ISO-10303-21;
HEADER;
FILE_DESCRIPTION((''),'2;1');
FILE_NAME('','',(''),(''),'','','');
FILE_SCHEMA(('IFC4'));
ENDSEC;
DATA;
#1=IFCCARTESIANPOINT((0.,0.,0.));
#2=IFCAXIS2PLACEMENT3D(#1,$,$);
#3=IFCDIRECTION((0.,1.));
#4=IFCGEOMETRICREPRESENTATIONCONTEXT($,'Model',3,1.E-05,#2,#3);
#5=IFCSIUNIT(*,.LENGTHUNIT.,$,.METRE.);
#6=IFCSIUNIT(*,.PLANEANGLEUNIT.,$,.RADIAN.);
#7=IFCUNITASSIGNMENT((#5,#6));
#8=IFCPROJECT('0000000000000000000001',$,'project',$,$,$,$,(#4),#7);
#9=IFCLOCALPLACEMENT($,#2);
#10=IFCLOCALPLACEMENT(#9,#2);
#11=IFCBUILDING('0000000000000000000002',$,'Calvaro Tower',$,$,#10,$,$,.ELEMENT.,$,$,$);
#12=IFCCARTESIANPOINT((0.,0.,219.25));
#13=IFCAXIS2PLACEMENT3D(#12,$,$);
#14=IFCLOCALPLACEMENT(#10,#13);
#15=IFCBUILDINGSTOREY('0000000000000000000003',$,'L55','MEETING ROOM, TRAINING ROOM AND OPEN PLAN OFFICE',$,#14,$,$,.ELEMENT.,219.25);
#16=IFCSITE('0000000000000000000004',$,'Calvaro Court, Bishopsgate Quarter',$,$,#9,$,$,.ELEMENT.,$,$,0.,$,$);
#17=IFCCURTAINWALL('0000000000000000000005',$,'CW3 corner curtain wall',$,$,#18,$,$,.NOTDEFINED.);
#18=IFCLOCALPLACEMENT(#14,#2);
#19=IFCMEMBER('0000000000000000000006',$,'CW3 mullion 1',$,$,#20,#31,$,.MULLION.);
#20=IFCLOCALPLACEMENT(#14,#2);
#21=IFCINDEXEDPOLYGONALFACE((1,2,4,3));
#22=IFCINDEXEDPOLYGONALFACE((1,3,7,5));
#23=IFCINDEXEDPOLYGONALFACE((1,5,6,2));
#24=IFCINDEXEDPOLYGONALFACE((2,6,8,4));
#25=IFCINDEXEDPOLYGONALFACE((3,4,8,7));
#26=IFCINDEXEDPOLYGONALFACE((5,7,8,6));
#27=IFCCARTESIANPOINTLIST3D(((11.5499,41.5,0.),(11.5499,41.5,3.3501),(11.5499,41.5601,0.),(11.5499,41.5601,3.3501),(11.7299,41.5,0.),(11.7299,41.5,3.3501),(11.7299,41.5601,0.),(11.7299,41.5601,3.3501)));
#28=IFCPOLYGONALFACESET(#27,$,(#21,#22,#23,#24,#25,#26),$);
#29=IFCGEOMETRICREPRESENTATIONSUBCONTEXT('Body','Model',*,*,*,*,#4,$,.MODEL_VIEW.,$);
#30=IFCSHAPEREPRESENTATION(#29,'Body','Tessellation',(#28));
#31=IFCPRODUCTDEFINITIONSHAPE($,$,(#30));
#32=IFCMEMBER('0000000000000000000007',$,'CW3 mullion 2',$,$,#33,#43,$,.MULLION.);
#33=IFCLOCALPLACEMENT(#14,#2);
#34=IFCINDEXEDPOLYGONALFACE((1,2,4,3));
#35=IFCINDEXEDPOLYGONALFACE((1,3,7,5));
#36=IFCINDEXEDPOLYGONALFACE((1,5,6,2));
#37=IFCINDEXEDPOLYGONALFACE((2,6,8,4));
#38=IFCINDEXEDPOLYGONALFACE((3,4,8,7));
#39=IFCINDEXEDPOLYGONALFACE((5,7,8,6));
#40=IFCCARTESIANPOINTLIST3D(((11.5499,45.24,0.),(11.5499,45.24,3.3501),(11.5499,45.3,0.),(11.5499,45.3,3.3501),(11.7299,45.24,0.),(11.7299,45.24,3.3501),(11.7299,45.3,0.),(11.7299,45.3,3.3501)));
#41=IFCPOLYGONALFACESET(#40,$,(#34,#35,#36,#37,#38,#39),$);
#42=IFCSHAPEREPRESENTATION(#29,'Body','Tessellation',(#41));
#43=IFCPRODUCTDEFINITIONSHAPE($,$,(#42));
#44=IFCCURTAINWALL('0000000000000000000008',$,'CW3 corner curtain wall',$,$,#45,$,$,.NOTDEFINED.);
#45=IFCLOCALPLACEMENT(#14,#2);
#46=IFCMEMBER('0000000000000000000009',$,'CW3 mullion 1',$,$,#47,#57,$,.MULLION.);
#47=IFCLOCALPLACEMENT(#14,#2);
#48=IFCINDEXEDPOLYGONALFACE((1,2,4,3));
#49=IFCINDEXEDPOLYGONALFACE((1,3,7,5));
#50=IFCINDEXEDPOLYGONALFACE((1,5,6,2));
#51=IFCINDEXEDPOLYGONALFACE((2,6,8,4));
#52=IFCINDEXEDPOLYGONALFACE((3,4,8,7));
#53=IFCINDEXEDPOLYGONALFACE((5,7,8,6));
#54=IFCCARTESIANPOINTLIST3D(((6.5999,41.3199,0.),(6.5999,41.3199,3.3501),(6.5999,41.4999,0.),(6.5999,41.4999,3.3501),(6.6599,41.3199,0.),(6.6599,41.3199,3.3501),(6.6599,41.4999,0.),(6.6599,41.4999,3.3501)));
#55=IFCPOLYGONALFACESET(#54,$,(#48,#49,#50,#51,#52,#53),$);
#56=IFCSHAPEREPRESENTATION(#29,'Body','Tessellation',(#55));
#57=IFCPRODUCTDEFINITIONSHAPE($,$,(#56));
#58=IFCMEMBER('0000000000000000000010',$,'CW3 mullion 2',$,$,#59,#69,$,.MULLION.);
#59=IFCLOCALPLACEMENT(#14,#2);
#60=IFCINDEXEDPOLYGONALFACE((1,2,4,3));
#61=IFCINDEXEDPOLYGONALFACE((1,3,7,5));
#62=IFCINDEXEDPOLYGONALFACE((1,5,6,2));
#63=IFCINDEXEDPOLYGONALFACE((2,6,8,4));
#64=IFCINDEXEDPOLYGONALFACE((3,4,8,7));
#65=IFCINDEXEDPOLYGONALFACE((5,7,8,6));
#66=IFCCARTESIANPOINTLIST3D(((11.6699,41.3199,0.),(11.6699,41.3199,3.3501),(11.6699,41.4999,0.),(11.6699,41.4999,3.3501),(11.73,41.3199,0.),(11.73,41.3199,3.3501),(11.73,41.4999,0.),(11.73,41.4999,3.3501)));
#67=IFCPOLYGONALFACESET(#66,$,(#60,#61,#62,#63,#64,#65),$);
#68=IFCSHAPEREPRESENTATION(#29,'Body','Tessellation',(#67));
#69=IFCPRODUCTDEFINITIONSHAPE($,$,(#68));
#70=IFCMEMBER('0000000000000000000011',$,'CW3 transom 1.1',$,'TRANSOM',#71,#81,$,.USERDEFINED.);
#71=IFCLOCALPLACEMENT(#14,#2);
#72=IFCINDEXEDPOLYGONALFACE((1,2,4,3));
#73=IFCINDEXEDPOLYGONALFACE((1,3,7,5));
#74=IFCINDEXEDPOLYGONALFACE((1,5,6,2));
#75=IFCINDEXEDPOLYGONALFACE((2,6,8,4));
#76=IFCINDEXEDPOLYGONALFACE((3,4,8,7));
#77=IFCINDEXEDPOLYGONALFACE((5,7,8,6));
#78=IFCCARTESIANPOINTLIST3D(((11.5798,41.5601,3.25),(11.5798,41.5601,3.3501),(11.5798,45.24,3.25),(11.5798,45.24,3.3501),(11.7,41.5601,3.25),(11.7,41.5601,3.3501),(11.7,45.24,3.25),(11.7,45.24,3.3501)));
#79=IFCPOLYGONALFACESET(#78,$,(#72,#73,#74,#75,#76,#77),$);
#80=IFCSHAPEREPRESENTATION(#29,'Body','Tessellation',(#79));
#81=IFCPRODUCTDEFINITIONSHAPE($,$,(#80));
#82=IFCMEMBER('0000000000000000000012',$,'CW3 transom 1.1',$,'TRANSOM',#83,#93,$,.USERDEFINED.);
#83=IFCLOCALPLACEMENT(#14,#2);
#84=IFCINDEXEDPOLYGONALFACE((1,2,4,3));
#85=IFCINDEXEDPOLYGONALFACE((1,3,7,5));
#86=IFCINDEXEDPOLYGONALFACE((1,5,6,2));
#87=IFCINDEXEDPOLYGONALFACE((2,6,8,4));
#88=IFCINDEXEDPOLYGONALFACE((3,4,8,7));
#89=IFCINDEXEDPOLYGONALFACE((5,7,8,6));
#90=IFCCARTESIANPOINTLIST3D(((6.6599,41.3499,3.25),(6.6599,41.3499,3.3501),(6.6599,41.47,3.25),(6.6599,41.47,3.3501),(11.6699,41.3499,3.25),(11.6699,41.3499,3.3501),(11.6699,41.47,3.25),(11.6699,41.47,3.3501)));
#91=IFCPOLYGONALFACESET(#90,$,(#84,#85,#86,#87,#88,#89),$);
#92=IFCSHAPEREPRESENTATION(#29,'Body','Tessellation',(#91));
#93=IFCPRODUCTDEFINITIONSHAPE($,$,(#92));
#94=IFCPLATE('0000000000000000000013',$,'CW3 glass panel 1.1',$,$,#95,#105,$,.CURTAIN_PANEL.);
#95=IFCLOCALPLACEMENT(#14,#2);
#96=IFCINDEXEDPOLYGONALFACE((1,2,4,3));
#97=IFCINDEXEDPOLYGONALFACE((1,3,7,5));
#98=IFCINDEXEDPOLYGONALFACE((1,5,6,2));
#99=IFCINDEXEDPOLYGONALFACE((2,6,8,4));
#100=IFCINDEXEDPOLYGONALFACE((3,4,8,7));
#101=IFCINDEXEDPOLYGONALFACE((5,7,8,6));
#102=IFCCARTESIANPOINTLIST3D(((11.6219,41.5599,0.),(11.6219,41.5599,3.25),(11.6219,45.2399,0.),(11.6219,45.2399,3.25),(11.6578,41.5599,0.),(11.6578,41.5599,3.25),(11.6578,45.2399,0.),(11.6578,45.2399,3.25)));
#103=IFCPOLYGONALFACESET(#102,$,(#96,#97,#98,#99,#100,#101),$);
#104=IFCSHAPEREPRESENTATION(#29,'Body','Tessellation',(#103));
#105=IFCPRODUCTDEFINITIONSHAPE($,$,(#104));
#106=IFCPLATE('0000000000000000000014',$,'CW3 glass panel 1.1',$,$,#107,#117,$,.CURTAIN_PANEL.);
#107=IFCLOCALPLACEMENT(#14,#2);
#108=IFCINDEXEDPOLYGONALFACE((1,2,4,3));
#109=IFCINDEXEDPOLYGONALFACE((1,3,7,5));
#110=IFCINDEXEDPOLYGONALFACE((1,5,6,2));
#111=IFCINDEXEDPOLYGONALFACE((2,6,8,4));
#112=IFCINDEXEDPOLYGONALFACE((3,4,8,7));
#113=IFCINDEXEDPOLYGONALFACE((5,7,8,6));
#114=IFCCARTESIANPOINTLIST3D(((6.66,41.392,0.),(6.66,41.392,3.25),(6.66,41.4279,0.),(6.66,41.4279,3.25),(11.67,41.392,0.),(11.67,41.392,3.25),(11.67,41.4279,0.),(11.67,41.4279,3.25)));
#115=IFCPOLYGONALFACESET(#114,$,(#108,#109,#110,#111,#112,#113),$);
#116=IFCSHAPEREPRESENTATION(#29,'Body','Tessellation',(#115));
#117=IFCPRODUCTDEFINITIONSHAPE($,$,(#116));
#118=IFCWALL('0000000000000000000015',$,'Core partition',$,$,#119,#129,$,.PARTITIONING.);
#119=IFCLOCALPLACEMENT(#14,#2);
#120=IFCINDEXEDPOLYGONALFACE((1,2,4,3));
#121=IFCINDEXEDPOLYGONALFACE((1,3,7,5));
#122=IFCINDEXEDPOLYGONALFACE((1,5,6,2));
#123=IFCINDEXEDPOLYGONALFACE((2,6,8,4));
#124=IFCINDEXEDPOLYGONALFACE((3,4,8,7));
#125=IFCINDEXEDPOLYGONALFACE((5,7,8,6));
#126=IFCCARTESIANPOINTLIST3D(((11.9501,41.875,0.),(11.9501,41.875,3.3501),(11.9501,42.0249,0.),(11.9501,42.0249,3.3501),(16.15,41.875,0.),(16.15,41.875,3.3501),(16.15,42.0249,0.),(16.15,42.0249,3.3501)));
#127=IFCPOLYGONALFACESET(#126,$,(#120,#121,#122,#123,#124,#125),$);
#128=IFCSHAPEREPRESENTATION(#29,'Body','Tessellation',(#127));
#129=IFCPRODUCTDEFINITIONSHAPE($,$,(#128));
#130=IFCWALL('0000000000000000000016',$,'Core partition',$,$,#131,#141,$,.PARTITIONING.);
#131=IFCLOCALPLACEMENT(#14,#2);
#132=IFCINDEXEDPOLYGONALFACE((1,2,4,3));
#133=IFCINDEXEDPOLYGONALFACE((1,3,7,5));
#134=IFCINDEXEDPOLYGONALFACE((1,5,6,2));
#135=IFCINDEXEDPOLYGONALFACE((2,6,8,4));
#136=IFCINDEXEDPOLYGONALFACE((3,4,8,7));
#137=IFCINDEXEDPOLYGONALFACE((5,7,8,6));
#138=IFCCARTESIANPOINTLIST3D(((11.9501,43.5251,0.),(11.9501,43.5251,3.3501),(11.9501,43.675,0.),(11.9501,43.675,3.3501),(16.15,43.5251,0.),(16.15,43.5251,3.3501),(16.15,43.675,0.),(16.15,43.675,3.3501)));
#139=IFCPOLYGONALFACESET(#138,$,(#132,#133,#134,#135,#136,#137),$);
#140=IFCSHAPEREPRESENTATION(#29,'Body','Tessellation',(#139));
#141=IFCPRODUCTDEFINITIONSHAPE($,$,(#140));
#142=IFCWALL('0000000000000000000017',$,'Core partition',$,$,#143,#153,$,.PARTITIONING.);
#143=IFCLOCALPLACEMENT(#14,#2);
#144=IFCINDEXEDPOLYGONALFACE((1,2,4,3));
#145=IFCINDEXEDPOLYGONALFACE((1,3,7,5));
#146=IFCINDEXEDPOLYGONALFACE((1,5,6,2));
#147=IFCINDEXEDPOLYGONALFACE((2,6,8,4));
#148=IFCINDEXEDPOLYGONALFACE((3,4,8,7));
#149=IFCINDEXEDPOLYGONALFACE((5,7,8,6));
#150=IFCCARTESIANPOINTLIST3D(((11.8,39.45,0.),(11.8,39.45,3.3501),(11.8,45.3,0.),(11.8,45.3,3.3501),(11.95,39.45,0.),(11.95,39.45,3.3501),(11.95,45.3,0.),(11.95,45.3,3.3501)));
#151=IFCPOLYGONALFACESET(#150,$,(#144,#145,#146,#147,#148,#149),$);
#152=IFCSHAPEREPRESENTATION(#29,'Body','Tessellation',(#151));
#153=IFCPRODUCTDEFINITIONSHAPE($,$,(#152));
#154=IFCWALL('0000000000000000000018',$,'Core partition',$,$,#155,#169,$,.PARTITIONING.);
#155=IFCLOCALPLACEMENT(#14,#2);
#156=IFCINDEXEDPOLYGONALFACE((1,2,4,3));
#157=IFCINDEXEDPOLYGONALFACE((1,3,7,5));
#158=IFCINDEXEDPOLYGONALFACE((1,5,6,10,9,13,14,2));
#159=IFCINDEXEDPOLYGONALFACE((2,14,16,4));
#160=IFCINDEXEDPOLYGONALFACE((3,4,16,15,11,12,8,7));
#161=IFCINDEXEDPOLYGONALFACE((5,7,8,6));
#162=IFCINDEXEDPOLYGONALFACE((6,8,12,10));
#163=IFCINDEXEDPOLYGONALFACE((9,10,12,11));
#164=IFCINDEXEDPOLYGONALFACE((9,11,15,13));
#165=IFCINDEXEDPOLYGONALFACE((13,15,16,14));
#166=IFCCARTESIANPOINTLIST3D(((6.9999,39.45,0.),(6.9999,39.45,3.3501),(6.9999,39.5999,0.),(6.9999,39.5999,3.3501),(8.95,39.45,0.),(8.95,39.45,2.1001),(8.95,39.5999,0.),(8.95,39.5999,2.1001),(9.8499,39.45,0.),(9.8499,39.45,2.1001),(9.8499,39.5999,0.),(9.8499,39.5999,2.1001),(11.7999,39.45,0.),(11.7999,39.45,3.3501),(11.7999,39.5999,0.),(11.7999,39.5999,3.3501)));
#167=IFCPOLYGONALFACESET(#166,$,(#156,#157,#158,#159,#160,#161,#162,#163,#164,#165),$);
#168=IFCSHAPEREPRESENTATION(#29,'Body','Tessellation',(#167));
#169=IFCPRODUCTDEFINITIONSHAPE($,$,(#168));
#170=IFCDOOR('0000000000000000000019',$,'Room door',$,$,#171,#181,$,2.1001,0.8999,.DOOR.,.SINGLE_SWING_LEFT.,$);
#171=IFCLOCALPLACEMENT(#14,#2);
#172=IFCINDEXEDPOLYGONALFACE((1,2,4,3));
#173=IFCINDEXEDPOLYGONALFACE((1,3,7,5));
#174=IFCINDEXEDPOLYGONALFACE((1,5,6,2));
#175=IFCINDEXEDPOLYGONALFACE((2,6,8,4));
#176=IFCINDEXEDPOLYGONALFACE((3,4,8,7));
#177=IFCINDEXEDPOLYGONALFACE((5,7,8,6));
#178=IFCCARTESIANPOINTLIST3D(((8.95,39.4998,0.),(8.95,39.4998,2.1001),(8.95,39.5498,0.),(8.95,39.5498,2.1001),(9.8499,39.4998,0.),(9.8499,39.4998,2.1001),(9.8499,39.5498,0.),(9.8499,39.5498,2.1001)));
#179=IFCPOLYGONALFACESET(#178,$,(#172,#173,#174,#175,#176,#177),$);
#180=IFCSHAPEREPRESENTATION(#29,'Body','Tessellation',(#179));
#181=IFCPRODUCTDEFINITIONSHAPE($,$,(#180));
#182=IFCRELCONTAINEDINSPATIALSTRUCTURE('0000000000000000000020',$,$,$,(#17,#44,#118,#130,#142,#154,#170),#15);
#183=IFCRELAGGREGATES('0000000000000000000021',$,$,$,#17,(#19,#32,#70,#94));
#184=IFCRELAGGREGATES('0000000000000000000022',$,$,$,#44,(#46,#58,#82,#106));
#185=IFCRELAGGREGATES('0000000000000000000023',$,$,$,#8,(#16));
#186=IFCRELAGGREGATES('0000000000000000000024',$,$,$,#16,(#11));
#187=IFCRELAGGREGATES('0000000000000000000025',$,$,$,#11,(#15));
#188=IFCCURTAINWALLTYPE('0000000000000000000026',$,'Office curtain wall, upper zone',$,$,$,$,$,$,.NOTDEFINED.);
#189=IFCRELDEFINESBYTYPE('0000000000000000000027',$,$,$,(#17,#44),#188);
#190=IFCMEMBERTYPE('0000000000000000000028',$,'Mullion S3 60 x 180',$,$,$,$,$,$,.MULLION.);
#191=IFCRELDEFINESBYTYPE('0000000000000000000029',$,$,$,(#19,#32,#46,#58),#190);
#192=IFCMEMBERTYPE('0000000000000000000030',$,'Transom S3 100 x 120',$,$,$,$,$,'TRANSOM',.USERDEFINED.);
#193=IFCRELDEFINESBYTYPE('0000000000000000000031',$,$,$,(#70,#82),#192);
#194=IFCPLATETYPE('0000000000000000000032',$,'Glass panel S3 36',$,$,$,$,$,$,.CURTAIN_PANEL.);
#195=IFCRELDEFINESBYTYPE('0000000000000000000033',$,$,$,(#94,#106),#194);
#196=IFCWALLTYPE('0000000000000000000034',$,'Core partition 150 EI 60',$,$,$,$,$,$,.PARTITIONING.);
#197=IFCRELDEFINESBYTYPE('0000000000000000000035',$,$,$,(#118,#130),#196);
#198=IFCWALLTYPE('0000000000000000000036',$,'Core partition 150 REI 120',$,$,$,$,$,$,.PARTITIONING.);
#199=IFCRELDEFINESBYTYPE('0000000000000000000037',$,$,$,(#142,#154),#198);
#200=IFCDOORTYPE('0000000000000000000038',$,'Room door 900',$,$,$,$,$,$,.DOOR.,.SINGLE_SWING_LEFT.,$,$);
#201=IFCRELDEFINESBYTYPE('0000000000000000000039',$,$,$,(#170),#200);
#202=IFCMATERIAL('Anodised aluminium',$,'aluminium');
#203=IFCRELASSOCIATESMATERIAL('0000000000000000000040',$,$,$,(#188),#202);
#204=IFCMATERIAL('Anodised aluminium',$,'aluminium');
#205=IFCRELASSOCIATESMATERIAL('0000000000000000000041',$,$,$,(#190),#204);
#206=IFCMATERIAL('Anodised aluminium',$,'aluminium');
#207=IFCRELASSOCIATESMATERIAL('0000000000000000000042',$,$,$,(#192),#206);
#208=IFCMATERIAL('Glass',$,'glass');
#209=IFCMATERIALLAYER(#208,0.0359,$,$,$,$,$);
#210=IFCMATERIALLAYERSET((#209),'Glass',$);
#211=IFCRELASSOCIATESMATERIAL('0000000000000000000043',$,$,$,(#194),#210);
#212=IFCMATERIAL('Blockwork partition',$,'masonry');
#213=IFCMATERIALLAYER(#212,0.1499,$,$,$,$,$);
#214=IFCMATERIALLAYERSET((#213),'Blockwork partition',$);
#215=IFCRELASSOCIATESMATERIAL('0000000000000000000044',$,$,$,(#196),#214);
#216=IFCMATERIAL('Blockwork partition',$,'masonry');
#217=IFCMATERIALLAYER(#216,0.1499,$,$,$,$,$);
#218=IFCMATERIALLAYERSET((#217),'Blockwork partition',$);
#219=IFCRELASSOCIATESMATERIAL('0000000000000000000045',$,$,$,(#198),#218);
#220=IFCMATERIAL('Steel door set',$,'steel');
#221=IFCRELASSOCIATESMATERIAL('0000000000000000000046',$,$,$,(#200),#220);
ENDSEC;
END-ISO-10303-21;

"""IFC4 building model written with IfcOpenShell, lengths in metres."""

from ifc_helpers import new_model, si_unit, direction, frame, frame_2d, origin, origin_2d, place, context, subcontext, project, spatial, rectangle, extrude, material, layer, layer_set, material_profile, profile_set, type_object, element, fill, aggregate, save


model = new_model("IFC4")

# Units and contexts
model_context = context("Model", 3, precision=1e-05, world=origin(), true_north=direction((0.0, 1.0)))
body_context = subcontext(model_context, "Body", "Model", "MODEL_VIEW")
ifc_project = project(units=[si_unit("LENGTHUNIT", "METRE"), si_unit("PLANEANGLEUNIT", "RADIAN")], contexts=[model_context])

# Site, building, storey
site_placement = place(None, origin())
site = spatial("IfcSite", under=ifc_project, at=site_placement, Name="Calvaro Court, Bishopsgate Quarter", CompositionType="ELEMENT", RefElevation=0.0)
building_placement = place(site_placement, origin())
building = spatial("IfcBuilding", under=site, at=building_placement, Name="Calvaro Tower", CompositionType="ELEMENT")
storey_placement = place(building_placement, frame((0.0, 0.0, 219.25)))
storey = spatial("IfcBuildingStorey", under=building, at=storey_placement, Name="L55", Description="MEETING ROOM, TRAINING ROOM AND OPEN PLAN OFFICE", CompositionType="ELEMENT", Elevation=219.25)

# Curtain walls, members
ifc_material_1 = material(Name="Anodised aluminium", Category="aluminium")
curtain_wall_type = type_object("IfcCurtainWallType", Name="Office curtain wall, upper zone", PredefinedType="NOTDEFINED", material=ifc_material_1)
curtain_wall_1_placement = place(storey_placement, origin())
curtain_wall_1 = element("IfcCurtainWall", 1, at=curtain_wall_1_placement, inside=storey, type_object=curtain_wall_type, Name="CW3 corner curtain wall", PredefinedType="NOTDEFINED")
ifc_material_2 = material(Name="Anodised aluminium", Category="aluminium")
ifc_material_profile_1 = material_profile(ifc_material_2, rectangle(XDim=0.1799, YDim=0.0601, at=origin_2d()), Name="Mullion S3 60 x 180")
ifc_profile_set_1 = profile_set([ifc_material_profile_1], Name="Anodised aluminium")
member_type_1 = type_object("IfcMemberType", Name="Mullion S3 60 x 180", PredefinedType="MULLION", material=ifc_profile_set_1)
member_1_placement = place(storey_placement, frame((11.6399, 41.53, 0.0), z_axis=(0.0, 0.0, 1.0), x_axis=(-1.0, 0.0, 0.0)))
member_1 = element("IfcMember", 2, at=member_1_placement, type_object=member_type_1, Name="CW3 mullion 1", PredefinedType="MULLION", context=body_context, shape_type="SweptSolid", body=[
    extrude(rectangle(XDim=0.1799, YDim=0.0601, at=origin_2d()), origin(), (0.0, 0.0, 1.0), 3.3501),
])
member_2_placement = place(storey_placement, frame((11.6399, 45.27, 0.0), z_axis=(0.0, 0.0, 1.0), x_axis=(-1.0, 0.0, 0.0)))
member_2 = element("IfcMember", 3, at=member_2_placement, type_object=member_type_1, Name="CW3 mullion 2", PredefinedType="MULLION", context=body_context, shape_type="SweptSolid", body=[
    extrude(rectangle(XDim=0.1799, YDim=0.0601, at=origin_2d()), origin(), (0.0, 0.0, 1.0), 3.3501),
])
curtain_wall_2_placement = place(storey_placement, origin())
curtain_wall_2 = element("IfcCurtainWall", 4, at=curtain_wall_2_placement, inside=storey, type_object=curtain_wall_type, Name="CW3 corner curtain wall", PredefinedType="NOTDEFINED")
member_3_placement = place(storey_placement, frame((6.6299, 41.4099, 0.0), z_axis=(0.0, 0.0, 1.0), x_axis=(0.0, 1.0, 0.0)))
member_3 = element("IfcMember", 5, at=member_3_placement, type_object=member_type_1, Name="CW3 mullion 1", PredefinedType="MULLION", context=body_context, shape_type="SweptSolid", body=[
    extrude(rectangle(XDim=0.1799, YDim=0.0601, at=origin_2d()), origin(), (0.0, 0.0, 1.0), 3.3501),
])
member_4_placement = place(storey_placement, frame((11.7, 41.4099, 0.0), z_axis=(0.0, 0.0, 1.0), x_axis=(0.0, 1.0, 0.0)))
member_4 = element("IfcMember", 6, at=member_4_placement, type_object=member_type_1, Name="CW3 mullion 2", PredefinedType="MULLION", context=body_context, shape_type="SweptSolid", body=[
    extrude(rectangle(XDim=0.1799, YDim=0.0601, at=origin_2d()), origin(), (0.0, 0.0, 1.0), 3.3501),
])

# Members
ifc_material_3 = material(Name="Anodised aluminium", Category="aluminium")
ifc_material_profile_2 = material_profile(ifc_material_3, rectangle(XDim=0.1201, YDim=0.1001, at=origin_2d()), Name="Transom S3 100 x 120")
ifc_profile_set_2 = profile_set([ifc_material_profile_2], Name="Anodised aluminium")
member_type_2 = type_object("IfcMemberType", Name="Transom S3 100 x 120", ElementType="TRANSOM", PredefinedType="USERDEFINED", material=ifc_profile_set_2)
member_5_placement = place(storey_placement, frame((11.6399, 41.5601, 3.3), z_axis=(0.0, 1.0, 0.0), x_axis=(-1.0, 0.0, 0.0)))
member_5 = element("IfcMember", 7, at=member_5_placement, type_object=member_type_2, Name="CW3 transom 1.1", ObjectType="TRANSOM", PredefinedType="USERDEFINED", context=body_context, shape_type="SweptSolid", body=[
    extrude(rectangle(XDim=0.1201, YDim=0.1001, at=origin_2d()), origin(), (0.0, 0.0, 1.0), 3.6799),
])
member_6_placement = place(storey_placement, frame((6.6599, 41.4099, 3.3), z_axis=(1.0, 0.0, 0.0), x_axis=(0.0, 1.0, 0.0)))
member_6 = element("IfcMember", 8, at=member_6_placement, type_object=member_type_2, Name="CW3 transom 1.1", ObjectType="TRANSOM", PredefinedType="USERDEFINED", context=body_context, shape_type="SweptSolid", body=[
    extrude(rectangle(XDim=0.1201, YDim=0.1001, at=origin_2d()), origin(), (0.0, 0.0, 1.0), 5.01),
])

# Plates
ifc_material_4 = material(Name="Glass", Category="glass")
ifc_layer_1 = layer(ifc_material_4, 0.0359)
ifc_layer_set_1 = layer_set([ifc_layer_1], Name="Glass")
plate_type = type_object("IfcPlateType", Name="Glass panel S3 36", PredefinedType="CURTAIN_PANEL", material=ifc_layer_set_1)
plate_1_placement = place(storey_placement, frame((11.6399, 43.3999, 0.0), z_axis=(0.0, 0.0, 1.0), x_axis=(0.0, 1.0, 0.0)))
plate_1 = element("IfcPlate", 9, at=plate_1_placement, type_object=plate_type, Name="CW3 glass panel 1.1", PredefinedType="CURTAIN_PANEL", context=body_context, shape_type="SweptSolid", body=[
    extrude(rectangle(XDim=3.6799, YDim=0.0359, at=origin_2d()), origin(), (0.0, 0.0, 1.0), 3.25),
])
aggregate(curtain_wall_1, [member_1, member_2, member_5, plate_1])
plate_2_placement = place(storey_placement, frame((9.165, 41.4099, 0.0), z_axis=(0.0, 0.0, 1.0), x_axis=(1.0, 0.0, 0.0)))
plate_2 = element("IfcPlate", 10, at=plate_2_placement, type_object=plate_type, Name="CW3 glass panel 1.1", PredefinedType="CURTAIN_PANEL", context=body_context, shape_type="SweptSolid", body=[
    extrude(rectangle(XDim=5.01, YDim=0.0359, at=origin_2d()), origin(), (0.0, 0.0, 1.0), 3.25),
])
aggregate(curtain_wall_2, [member_3, member_4, member_6, plate_2])

# Walls
ifc_material_5 = material(Name="Blockwork partition", Category="masonry")
ifc_layer_2 = layer(ifc_material_5, 0.1499)
ifc_layer_set_2 = layer_set([ifc_layer_2], Name="Blockwork partition")
wall_type_1 = type_object("IfcWallType", Name="Core partition 150 EI 60", PredefinedType="PARTITIONING", material=ifc_layer_set_2)
for number, where, z_axis, x_axis, name in (
    (11, (11.95, 41.95, 0.0), (0.0, 0.0, 1.0), (1.0, 0.0, 0.0), "Core partition"),
    (12, (11.95, 43.6001, 0.0), (0.0, 0.0, 1.0), (1.0, 0.0, 0.0), "Core partition"),
):
    element("IfcWall", number, at=place(storey_placement, frame(where, z_axis=z_axis, x_axis=x_axis)), inside=storey, type_object=wall_type_1, Name=name, PredefinedType="PARTITIONING", context=body_context, shape_type="SweptSolid", body=[
        extrude(rectangle(XDim=4.2, YDim=0.1499, at=frame_2d((2.1001, 0.0))), origin(), (0.0, 0.0, 1.0), 3.3501),
    ])
ifc_material_6 = material(Name="Blockwork partition", Category="masonry")
ifc_layer_3 = layer(ifc_material_6, 0.1499)
ifc_layer_set_3 = layer_set([ifc_layer_3], Name="Blockwork partition")
wall_type_2 = type_object("IfcWallType", Name="Core partition 150 REI 120", PredefinedType="PARTITIONING", material=ifc_layer_set_3)
wall_1_placement = place(storey_placement, frame((11.875, 39.45, 0.0), z_axis=(0.0, 0.0, 1.0), x_axis=(0.0, 1.0, 0.0)))
element("IfcWall", 13, at=wall_1_placement, inside=storey, type_object=wall_type_2, Name="Core partition", PredefinedType="PARTITIONING", context=body_context, shape_type="SweptSolid", body=[
    extrude(rectangle(XDim=5.8501, YDim=0.1499, at=frame_2d((2.925, 0.0))), origin(), (0.0, 0.0, 1.0), 3.3501),
])

# Wall, opening, door
wall_2_placement = place(storey_placement, frame((7.0, 39.5249, 0.0), z_axis=(0.0, 0.0, 1.0), x_axis=(1.0, 0.0, 0.0)))
wall_2 = element("IfcWall", 14, at=wall_2_placement, inside=storey, type_object=wall_type_2, Name="Core partition", PredefinedType="PARTITIONING", context=body_context, shape_type="SweptSolid", body=[
    extrude(rectangle(XDim=4.8, YDim=0.1499, at=frame_2d((2.3999, 0.0))), origin(), (0.0, 0.0, 1.0), 3.3501),
])
opening_1_placement = place(wall_2_placement, frame((1.95, 0.0, 0.0)))
opening_1 = element("IfcOpeningElement", 15, at=opening_1_placement, cuts=wall_2, PredefinedType="OPENING", context=body_context, shape_type="SweptSolid", body=[
    extrude(rectangle(XDim=0.8999, YDim=2.1001, at=frame_2d((0.45, 1.05))), frame((0.0, 0.085, 0.0), z_axis=(0.0, -1.0, 0.0), x_axis=(1.0, 0.0, 0.0)), (0.0, 0.0, 1.0), 0.1699),
])
ifc_material_7 = material(Name="Steel door set", Category="steel")
door_type = type_object("IfcDoorType", Name="Room door 900", OperationType="SINGLE_SWING_LEFT", PredefinedType="DOOR", material=ifc_material_7)
door_placement = place(opening_1_placement, origin())
door = element("IfcDoor", 16, at=door_placement, inside=storey, type_object=door_type, Name="Room door", OperationType="SINGLE_SWING_LEFT", OverallHeight=2.1001, OverallWidth=0.8999, PredefinedType="DOOR", context=body_context, shape_type="SweptSolid", body=[
    extrude(rectangle(XDim=0.8999, YDim=2.1001, at=frame_2d((0.45, 1.05))), frame((0.0, 0.0249, 0.0), z_axis=(0.0, -1.0, 0.0), x_axis=(1.0, 0.0, 0.0)), (0.0, 0.0, 1.0), 0.05),
])
fill(opening_1, door)

save(model, "model.ifc")
